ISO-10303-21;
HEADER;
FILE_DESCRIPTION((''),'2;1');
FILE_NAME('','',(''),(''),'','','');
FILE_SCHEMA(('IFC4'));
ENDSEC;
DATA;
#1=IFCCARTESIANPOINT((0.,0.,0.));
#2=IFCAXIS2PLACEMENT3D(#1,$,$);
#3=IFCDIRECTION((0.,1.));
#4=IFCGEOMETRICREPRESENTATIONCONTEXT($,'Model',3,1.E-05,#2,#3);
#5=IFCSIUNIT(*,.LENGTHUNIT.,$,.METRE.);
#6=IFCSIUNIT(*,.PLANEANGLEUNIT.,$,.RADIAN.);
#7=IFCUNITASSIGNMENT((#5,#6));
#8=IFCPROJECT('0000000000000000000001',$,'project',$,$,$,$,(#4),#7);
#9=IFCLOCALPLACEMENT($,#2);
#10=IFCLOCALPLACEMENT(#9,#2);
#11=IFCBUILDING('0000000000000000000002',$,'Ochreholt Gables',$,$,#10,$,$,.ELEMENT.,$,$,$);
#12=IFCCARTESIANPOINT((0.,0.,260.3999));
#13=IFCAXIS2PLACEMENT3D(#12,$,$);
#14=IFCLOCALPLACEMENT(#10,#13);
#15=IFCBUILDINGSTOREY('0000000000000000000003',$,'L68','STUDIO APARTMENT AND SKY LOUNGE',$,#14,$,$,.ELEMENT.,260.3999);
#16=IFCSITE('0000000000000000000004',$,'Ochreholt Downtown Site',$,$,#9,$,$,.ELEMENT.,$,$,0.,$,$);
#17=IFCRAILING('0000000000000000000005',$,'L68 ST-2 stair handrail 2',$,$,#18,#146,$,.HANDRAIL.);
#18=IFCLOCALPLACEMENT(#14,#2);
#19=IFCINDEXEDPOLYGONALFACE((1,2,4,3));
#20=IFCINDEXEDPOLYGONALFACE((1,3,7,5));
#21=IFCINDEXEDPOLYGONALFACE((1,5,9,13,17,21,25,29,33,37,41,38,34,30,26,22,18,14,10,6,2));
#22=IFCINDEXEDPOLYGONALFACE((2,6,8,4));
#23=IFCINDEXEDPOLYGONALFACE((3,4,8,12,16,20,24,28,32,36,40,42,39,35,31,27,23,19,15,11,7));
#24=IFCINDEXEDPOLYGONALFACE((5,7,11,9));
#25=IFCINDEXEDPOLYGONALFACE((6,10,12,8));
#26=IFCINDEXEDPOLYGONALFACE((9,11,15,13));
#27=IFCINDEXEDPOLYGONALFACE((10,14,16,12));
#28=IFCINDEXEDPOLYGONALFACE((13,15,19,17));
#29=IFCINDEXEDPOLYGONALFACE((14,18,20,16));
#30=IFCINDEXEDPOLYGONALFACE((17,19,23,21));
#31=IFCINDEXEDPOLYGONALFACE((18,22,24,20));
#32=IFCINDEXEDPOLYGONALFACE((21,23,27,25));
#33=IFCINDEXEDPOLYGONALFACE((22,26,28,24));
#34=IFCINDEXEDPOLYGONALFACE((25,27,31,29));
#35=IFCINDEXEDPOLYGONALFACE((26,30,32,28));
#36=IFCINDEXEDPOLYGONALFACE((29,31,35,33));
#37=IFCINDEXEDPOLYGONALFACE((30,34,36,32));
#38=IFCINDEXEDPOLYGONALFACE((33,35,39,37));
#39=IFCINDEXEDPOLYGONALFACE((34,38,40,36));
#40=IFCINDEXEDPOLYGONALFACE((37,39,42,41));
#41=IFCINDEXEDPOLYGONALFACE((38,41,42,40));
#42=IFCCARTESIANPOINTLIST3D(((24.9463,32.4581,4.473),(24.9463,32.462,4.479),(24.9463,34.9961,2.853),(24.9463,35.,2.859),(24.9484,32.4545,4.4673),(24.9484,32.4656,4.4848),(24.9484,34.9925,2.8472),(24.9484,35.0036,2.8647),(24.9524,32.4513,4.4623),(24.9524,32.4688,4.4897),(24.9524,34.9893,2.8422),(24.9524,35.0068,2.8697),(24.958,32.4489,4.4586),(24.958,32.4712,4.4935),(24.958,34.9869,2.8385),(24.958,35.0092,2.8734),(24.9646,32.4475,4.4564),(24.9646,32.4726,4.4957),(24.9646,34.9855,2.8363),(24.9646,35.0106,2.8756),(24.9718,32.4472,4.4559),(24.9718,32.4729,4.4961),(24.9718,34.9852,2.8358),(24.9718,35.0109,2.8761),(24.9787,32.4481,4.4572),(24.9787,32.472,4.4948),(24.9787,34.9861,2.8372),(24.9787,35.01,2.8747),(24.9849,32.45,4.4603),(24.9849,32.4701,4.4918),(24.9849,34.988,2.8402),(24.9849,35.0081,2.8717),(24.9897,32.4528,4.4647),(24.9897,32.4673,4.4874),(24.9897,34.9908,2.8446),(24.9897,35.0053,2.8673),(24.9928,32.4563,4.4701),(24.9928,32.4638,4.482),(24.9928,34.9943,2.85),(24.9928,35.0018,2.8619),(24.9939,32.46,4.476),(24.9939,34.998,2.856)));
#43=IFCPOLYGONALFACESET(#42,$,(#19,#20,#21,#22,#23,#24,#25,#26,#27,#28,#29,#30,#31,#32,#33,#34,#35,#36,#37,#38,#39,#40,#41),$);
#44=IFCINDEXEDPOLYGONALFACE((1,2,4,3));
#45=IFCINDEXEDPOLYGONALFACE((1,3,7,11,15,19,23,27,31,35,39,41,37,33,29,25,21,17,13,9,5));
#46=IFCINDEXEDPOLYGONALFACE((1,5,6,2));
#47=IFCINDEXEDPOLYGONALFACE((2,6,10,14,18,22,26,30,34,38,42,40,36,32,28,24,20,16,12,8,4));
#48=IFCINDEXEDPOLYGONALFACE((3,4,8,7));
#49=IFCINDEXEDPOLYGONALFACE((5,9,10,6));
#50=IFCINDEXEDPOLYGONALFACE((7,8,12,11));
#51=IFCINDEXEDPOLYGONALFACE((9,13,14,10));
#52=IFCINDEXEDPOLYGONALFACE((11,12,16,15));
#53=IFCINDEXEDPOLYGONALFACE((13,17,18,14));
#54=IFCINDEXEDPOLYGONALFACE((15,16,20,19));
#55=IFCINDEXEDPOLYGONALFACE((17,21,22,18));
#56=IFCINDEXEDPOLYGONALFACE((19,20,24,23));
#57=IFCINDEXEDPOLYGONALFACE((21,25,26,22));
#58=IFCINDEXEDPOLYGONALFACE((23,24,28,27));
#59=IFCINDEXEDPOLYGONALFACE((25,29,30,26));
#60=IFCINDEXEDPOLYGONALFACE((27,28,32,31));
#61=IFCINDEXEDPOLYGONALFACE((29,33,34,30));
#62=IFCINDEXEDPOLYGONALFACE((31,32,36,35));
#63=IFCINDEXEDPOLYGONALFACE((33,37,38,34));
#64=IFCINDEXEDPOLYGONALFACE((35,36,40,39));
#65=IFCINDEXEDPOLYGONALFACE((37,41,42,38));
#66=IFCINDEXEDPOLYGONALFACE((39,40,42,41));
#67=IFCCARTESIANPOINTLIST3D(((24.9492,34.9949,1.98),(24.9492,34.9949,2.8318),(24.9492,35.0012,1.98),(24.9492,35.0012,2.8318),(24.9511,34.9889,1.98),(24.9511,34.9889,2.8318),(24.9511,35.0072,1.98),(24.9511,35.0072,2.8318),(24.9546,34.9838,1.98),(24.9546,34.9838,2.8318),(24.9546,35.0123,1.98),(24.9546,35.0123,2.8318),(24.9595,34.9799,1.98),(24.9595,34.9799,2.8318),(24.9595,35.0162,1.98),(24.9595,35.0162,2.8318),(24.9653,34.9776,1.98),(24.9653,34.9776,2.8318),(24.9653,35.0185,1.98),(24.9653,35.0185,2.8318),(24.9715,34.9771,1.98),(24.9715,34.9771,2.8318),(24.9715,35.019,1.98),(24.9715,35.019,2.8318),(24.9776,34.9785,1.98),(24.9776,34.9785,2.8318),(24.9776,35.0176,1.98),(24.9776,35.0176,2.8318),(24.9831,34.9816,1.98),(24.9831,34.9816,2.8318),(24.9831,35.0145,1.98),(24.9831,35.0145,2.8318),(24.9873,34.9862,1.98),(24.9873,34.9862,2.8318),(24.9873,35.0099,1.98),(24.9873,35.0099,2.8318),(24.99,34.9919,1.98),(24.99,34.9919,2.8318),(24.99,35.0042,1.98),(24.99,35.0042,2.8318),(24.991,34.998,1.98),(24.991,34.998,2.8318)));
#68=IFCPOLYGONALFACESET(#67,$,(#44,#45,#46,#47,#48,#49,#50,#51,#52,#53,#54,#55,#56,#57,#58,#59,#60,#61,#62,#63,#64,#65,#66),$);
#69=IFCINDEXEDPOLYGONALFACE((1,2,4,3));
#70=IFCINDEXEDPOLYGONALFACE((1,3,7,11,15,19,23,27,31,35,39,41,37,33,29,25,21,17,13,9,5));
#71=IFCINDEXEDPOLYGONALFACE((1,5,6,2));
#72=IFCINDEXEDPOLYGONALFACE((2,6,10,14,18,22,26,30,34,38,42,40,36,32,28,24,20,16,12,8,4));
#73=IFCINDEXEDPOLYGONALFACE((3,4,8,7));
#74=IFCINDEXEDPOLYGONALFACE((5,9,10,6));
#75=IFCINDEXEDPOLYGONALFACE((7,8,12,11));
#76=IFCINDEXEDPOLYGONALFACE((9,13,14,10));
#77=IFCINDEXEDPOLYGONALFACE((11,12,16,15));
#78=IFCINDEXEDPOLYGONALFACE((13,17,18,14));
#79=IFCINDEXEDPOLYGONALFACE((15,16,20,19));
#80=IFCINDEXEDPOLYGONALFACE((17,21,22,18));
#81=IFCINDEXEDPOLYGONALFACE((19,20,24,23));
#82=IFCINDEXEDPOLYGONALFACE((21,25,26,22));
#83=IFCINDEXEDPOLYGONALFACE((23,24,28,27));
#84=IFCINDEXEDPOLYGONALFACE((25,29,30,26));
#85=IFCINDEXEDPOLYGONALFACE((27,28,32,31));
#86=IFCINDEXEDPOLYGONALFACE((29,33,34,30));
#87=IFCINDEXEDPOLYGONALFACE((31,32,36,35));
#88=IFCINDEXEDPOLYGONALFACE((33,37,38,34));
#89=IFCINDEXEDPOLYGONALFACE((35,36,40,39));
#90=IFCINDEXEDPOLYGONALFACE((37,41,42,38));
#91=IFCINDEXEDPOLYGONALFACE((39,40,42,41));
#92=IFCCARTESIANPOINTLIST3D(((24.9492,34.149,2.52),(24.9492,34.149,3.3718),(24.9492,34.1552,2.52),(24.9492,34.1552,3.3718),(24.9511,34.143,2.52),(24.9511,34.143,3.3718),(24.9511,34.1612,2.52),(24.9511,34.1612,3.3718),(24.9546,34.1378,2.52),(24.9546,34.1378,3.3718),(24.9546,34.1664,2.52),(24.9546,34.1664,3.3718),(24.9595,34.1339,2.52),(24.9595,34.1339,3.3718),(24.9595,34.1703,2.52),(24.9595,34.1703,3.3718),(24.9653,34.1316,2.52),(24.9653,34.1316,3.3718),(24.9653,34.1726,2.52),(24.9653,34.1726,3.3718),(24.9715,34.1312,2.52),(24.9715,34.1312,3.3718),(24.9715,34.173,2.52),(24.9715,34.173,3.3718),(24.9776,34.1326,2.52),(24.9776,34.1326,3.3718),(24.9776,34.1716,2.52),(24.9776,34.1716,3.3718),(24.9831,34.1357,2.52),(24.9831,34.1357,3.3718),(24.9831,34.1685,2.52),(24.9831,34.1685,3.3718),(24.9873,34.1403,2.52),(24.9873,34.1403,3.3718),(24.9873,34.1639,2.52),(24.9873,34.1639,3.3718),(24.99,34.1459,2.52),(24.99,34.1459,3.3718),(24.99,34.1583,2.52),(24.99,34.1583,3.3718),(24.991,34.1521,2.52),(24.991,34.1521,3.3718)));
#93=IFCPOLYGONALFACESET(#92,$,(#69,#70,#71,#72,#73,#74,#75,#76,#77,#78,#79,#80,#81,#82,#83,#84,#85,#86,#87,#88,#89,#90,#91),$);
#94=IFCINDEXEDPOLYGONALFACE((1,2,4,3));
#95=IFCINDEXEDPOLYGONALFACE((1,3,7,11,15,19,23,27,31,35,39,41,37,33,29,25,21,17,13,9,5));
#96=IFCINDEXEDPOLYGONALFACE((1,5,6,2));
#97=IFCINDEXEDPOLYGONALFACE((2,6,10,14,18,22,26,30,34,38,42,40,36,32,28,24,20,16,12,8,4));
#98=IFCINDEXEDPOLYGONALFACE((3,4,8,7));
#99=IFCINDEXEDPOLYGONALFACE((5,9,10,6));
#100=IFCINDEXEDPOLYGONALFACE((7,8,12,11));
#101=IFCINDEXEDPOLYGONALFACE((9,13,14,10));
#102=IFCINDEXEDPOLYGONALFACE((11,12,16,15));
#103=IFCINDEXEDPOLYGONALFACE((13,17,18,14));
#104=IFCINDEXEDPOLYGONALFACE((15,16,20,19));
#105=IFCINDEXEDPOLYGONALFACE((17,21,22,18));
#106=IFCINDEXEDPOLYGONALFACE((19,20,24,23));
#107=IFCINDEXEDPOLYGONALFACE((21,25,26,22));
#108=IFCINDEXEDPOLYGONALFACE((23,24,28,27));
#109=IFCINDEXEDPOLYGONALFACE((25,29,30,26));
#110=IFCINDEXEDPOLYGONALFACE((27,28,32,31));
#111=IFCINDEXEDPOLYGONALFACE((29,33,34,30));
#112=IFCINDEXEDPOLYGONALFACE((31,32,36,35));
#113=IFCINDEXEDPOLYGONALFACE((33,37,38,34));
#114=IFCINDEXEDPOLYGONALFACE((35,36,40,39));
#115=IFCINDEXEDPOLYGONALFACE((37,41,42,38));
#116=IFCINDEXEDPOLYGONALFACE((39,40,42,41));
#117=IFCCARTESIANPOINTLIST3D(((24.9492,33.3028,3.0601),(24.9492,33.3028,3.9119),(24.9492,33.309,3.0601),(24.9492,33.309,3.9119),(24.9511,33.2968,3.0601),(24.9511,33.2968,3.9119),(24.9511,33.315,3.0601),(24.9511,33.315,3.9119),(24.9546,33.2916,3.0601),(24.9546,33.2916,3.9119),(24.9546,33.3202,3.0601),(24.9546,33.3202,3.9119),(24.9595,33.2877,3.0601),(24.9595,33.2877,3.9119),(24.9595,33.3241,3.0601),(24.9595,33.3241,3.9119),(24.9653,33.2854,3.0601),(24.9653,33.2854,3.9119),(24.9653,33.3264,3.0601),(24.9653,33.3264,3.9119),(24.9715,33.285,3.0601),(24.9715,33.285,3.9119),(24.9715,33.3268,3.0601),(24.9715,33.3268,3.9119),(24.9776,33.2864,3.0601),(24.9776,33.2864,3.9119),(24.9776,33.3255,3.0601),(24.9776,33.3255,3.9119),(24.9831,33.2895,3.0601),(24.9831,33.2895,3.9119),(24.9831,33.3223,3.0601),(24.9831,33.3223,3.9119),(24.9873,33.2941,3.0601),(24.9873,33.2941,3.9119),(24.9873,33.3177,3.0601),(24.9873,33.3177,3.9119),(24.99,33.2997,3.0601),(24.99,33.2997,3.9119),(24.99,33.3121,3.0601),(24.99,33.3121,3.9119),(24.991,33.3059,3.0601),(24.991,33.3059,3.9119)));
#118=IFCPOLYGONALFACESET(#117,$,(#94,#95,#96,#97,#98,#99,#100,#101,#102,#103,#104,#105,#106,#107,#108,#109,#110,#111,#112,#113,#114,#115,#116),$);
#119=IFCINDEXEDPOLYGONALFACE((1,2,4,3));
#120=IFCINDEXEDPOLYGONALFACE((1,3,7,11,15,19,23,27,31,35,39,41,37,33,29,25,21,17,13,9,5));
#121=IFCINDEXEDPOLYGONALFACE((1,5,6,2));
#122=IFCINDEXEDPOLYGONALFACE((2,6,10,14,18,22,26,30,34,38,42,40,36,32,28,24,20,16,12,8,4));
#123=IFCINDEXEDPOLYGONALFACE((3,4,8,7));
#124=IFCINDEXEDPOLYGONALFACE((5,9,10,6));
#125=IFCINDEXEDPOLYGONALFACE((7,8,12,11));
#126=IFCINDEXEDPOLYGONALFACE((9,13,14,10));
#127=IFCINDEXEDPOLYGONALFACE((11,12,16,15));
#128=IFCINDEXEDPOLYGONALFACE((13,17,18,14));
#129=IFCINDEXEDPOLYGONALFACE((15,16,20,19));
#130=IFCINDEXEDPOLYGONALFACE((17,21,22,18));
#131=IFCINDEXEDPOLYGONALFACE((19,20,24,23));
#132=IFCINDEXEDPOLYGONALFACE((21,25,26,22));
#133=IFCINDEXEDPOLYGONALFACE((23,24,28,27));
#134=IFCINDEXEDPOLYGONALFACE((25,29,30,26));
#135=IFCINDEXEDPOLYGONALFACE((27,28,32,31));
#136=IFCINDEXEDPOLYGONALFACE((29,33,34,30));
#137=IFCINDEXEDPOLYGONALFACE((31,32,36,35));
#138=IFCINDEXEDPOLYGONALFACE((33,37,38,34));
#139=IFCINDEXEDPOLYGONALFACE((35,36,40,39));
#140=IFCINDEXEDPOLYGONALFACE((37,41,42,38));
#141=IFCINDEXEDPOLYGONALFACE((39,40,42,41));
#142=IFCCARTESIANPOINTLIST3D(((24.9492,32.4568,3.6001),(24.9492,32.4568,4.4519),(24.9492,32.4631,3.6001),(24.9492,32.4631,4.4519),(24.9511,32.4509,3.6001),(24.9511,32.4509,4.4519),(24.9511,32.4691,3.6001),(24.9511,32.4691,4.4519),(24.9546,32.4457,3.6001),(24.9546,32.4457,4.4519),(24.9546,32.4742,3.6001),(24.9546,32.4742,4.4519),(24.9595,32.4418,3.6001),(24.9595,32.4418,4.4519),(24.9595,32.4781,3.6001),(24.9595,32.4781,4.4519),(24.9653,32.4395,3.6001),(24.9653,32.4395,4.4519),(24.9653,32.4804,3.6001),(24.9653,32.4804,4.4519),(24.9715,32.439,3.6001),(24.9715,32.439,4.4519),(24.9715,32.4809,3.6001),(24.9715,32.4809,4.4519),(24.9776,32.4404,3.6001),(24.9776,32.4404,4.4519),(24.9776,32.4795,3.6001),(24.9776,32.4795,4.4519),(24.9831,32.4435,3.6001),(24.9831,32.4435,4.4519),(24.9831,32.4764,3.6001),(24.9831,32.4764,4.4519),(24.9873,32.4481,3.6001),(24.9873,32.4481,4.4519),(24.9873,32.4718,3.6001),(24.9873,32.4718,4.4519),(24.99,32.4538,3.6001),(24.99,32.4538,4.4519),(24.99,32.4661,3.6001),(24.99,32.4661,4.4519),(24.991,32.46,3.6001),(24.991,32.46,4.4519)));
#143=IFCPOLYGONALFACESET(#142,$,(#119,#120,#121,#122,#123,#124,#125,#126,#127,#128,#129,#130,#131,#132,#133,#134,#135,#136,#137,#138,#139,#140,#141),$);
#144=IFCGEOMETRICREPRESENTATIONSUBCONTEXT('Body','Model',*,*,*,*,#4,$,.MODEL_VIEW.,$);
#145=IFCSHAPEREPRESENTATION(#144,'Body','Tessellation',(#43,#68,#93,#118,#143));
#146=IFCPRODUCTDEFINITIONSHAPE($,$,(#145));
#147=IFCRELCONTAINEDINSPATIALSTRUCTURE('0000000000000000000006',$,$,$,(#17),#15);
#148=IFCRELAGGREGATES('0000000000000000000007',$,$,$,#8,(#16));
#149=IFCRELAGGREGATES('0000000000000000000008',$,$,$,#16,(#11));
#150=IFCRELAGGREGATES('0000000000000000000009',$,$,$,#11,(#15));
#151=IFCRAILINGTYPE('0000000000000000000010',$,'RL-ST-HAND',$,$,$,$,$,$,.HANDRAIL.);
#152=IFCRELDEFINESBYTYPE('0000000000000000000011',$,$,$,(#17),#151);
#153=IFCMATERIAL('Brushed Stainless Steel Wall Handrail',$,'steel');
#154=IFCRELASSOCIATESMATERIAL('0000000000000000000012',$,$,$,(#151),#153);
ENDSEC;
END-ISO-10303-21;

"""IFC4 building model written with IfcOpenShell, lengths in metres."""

from ifc_helpers import new_model, si_unit, direction, frame, origin, origin_2d, place, context, subcontext, project, spatial, circle, extrude, material, type_object, element, save


model = new_model("IFC4")

# Units and contexts
model_context = context("Model", 3, precision=1e-05, world=origin(), true_north=direction((0.0, 1.0)))
body_context = subcontext(model_context, "Body", "Model", "MODEL_VIEW")
ifc_project = project(units=[si_unit("LENGTHUNIT", "METRE"), si_unit("PLANEANGLEUNIT", "RADIAN")], contexts=[model_context])

# Site, building, storey
site_placement = place(None, origin())
site = spatial("IfcSite", under=ifc_project, at=site_placement, Name="Ochreholt Downtown Site", CompositionType="ELEMENT", RefElevation=0.0)
building_placement = place(site_placement, origin())
building = spatial("IfcBuilding", under=site, at=building_placement, Name="Ochreholt Gables", CompositionType="ELEMENT")
storey_placement = place(building_placement, frame((0.0, 0.0, 260.3999)))
storey = spatial("IfcBuildingStorey", under=building, at=storey_placement, Name="L68", Description="STUDIO APARTMENT AND SKY LOUNGE", CompositionType="ELEMENT", Elevation=260.3999)

# Railing
ifc_material_1 = material(Name="Brushed Stainless Steel Wall Handrail", Category="steel")
railing_type_1 = type_object("IfcRailingType", Name="RL-ST-HAND", PredefinedType="HANDRAIL", material=ifc_material_1)
railing_1_placement = place(storey_placement, frame((24.97, 34.998, 1.98)))
element("IfcRailing", 1, at=railing_1_placement, inside=storey, type_object=railing_type_1, Name="L68 ST-2 stair handrail 2", PredefinedType="HANDRAIL", context=body_context, shape_type="SweptSolid", body=[
    extrude(circle(Radius=0.0239, at=origin_2d()), frame((0.0, 0.0, 0.876), z_axis=(0.0, -0.842913, 0.53805), x_axis=(1.0, 0.0, 0.0)), (0.0, 0.0, 1.0), 3.011),
    extrude(circle(Radius=0.021, at=origin_2d()), origin(), (0.0, 0.0, 1.0), 0.8518),
    extrude(circle(Radius=0.021, at=origin_2d()), frame((0.0, -0.8459, 0.54)), (0.0, 0.0, 1.0), 0.8518),
    extrude(circle(Radius=0.021, at=origin_2d()), frame((0.0, -1.6921, 1.0801)), (0.0, 0.0, 1.0), 0.8518),
    extrude(circle(Radius=0.021, at=origin_2d()), frame((0.0, -2.5381, 1.6201)), (0.0, 0.0, 1.0), 0.8518),
])

save(model, "model.ifc")
